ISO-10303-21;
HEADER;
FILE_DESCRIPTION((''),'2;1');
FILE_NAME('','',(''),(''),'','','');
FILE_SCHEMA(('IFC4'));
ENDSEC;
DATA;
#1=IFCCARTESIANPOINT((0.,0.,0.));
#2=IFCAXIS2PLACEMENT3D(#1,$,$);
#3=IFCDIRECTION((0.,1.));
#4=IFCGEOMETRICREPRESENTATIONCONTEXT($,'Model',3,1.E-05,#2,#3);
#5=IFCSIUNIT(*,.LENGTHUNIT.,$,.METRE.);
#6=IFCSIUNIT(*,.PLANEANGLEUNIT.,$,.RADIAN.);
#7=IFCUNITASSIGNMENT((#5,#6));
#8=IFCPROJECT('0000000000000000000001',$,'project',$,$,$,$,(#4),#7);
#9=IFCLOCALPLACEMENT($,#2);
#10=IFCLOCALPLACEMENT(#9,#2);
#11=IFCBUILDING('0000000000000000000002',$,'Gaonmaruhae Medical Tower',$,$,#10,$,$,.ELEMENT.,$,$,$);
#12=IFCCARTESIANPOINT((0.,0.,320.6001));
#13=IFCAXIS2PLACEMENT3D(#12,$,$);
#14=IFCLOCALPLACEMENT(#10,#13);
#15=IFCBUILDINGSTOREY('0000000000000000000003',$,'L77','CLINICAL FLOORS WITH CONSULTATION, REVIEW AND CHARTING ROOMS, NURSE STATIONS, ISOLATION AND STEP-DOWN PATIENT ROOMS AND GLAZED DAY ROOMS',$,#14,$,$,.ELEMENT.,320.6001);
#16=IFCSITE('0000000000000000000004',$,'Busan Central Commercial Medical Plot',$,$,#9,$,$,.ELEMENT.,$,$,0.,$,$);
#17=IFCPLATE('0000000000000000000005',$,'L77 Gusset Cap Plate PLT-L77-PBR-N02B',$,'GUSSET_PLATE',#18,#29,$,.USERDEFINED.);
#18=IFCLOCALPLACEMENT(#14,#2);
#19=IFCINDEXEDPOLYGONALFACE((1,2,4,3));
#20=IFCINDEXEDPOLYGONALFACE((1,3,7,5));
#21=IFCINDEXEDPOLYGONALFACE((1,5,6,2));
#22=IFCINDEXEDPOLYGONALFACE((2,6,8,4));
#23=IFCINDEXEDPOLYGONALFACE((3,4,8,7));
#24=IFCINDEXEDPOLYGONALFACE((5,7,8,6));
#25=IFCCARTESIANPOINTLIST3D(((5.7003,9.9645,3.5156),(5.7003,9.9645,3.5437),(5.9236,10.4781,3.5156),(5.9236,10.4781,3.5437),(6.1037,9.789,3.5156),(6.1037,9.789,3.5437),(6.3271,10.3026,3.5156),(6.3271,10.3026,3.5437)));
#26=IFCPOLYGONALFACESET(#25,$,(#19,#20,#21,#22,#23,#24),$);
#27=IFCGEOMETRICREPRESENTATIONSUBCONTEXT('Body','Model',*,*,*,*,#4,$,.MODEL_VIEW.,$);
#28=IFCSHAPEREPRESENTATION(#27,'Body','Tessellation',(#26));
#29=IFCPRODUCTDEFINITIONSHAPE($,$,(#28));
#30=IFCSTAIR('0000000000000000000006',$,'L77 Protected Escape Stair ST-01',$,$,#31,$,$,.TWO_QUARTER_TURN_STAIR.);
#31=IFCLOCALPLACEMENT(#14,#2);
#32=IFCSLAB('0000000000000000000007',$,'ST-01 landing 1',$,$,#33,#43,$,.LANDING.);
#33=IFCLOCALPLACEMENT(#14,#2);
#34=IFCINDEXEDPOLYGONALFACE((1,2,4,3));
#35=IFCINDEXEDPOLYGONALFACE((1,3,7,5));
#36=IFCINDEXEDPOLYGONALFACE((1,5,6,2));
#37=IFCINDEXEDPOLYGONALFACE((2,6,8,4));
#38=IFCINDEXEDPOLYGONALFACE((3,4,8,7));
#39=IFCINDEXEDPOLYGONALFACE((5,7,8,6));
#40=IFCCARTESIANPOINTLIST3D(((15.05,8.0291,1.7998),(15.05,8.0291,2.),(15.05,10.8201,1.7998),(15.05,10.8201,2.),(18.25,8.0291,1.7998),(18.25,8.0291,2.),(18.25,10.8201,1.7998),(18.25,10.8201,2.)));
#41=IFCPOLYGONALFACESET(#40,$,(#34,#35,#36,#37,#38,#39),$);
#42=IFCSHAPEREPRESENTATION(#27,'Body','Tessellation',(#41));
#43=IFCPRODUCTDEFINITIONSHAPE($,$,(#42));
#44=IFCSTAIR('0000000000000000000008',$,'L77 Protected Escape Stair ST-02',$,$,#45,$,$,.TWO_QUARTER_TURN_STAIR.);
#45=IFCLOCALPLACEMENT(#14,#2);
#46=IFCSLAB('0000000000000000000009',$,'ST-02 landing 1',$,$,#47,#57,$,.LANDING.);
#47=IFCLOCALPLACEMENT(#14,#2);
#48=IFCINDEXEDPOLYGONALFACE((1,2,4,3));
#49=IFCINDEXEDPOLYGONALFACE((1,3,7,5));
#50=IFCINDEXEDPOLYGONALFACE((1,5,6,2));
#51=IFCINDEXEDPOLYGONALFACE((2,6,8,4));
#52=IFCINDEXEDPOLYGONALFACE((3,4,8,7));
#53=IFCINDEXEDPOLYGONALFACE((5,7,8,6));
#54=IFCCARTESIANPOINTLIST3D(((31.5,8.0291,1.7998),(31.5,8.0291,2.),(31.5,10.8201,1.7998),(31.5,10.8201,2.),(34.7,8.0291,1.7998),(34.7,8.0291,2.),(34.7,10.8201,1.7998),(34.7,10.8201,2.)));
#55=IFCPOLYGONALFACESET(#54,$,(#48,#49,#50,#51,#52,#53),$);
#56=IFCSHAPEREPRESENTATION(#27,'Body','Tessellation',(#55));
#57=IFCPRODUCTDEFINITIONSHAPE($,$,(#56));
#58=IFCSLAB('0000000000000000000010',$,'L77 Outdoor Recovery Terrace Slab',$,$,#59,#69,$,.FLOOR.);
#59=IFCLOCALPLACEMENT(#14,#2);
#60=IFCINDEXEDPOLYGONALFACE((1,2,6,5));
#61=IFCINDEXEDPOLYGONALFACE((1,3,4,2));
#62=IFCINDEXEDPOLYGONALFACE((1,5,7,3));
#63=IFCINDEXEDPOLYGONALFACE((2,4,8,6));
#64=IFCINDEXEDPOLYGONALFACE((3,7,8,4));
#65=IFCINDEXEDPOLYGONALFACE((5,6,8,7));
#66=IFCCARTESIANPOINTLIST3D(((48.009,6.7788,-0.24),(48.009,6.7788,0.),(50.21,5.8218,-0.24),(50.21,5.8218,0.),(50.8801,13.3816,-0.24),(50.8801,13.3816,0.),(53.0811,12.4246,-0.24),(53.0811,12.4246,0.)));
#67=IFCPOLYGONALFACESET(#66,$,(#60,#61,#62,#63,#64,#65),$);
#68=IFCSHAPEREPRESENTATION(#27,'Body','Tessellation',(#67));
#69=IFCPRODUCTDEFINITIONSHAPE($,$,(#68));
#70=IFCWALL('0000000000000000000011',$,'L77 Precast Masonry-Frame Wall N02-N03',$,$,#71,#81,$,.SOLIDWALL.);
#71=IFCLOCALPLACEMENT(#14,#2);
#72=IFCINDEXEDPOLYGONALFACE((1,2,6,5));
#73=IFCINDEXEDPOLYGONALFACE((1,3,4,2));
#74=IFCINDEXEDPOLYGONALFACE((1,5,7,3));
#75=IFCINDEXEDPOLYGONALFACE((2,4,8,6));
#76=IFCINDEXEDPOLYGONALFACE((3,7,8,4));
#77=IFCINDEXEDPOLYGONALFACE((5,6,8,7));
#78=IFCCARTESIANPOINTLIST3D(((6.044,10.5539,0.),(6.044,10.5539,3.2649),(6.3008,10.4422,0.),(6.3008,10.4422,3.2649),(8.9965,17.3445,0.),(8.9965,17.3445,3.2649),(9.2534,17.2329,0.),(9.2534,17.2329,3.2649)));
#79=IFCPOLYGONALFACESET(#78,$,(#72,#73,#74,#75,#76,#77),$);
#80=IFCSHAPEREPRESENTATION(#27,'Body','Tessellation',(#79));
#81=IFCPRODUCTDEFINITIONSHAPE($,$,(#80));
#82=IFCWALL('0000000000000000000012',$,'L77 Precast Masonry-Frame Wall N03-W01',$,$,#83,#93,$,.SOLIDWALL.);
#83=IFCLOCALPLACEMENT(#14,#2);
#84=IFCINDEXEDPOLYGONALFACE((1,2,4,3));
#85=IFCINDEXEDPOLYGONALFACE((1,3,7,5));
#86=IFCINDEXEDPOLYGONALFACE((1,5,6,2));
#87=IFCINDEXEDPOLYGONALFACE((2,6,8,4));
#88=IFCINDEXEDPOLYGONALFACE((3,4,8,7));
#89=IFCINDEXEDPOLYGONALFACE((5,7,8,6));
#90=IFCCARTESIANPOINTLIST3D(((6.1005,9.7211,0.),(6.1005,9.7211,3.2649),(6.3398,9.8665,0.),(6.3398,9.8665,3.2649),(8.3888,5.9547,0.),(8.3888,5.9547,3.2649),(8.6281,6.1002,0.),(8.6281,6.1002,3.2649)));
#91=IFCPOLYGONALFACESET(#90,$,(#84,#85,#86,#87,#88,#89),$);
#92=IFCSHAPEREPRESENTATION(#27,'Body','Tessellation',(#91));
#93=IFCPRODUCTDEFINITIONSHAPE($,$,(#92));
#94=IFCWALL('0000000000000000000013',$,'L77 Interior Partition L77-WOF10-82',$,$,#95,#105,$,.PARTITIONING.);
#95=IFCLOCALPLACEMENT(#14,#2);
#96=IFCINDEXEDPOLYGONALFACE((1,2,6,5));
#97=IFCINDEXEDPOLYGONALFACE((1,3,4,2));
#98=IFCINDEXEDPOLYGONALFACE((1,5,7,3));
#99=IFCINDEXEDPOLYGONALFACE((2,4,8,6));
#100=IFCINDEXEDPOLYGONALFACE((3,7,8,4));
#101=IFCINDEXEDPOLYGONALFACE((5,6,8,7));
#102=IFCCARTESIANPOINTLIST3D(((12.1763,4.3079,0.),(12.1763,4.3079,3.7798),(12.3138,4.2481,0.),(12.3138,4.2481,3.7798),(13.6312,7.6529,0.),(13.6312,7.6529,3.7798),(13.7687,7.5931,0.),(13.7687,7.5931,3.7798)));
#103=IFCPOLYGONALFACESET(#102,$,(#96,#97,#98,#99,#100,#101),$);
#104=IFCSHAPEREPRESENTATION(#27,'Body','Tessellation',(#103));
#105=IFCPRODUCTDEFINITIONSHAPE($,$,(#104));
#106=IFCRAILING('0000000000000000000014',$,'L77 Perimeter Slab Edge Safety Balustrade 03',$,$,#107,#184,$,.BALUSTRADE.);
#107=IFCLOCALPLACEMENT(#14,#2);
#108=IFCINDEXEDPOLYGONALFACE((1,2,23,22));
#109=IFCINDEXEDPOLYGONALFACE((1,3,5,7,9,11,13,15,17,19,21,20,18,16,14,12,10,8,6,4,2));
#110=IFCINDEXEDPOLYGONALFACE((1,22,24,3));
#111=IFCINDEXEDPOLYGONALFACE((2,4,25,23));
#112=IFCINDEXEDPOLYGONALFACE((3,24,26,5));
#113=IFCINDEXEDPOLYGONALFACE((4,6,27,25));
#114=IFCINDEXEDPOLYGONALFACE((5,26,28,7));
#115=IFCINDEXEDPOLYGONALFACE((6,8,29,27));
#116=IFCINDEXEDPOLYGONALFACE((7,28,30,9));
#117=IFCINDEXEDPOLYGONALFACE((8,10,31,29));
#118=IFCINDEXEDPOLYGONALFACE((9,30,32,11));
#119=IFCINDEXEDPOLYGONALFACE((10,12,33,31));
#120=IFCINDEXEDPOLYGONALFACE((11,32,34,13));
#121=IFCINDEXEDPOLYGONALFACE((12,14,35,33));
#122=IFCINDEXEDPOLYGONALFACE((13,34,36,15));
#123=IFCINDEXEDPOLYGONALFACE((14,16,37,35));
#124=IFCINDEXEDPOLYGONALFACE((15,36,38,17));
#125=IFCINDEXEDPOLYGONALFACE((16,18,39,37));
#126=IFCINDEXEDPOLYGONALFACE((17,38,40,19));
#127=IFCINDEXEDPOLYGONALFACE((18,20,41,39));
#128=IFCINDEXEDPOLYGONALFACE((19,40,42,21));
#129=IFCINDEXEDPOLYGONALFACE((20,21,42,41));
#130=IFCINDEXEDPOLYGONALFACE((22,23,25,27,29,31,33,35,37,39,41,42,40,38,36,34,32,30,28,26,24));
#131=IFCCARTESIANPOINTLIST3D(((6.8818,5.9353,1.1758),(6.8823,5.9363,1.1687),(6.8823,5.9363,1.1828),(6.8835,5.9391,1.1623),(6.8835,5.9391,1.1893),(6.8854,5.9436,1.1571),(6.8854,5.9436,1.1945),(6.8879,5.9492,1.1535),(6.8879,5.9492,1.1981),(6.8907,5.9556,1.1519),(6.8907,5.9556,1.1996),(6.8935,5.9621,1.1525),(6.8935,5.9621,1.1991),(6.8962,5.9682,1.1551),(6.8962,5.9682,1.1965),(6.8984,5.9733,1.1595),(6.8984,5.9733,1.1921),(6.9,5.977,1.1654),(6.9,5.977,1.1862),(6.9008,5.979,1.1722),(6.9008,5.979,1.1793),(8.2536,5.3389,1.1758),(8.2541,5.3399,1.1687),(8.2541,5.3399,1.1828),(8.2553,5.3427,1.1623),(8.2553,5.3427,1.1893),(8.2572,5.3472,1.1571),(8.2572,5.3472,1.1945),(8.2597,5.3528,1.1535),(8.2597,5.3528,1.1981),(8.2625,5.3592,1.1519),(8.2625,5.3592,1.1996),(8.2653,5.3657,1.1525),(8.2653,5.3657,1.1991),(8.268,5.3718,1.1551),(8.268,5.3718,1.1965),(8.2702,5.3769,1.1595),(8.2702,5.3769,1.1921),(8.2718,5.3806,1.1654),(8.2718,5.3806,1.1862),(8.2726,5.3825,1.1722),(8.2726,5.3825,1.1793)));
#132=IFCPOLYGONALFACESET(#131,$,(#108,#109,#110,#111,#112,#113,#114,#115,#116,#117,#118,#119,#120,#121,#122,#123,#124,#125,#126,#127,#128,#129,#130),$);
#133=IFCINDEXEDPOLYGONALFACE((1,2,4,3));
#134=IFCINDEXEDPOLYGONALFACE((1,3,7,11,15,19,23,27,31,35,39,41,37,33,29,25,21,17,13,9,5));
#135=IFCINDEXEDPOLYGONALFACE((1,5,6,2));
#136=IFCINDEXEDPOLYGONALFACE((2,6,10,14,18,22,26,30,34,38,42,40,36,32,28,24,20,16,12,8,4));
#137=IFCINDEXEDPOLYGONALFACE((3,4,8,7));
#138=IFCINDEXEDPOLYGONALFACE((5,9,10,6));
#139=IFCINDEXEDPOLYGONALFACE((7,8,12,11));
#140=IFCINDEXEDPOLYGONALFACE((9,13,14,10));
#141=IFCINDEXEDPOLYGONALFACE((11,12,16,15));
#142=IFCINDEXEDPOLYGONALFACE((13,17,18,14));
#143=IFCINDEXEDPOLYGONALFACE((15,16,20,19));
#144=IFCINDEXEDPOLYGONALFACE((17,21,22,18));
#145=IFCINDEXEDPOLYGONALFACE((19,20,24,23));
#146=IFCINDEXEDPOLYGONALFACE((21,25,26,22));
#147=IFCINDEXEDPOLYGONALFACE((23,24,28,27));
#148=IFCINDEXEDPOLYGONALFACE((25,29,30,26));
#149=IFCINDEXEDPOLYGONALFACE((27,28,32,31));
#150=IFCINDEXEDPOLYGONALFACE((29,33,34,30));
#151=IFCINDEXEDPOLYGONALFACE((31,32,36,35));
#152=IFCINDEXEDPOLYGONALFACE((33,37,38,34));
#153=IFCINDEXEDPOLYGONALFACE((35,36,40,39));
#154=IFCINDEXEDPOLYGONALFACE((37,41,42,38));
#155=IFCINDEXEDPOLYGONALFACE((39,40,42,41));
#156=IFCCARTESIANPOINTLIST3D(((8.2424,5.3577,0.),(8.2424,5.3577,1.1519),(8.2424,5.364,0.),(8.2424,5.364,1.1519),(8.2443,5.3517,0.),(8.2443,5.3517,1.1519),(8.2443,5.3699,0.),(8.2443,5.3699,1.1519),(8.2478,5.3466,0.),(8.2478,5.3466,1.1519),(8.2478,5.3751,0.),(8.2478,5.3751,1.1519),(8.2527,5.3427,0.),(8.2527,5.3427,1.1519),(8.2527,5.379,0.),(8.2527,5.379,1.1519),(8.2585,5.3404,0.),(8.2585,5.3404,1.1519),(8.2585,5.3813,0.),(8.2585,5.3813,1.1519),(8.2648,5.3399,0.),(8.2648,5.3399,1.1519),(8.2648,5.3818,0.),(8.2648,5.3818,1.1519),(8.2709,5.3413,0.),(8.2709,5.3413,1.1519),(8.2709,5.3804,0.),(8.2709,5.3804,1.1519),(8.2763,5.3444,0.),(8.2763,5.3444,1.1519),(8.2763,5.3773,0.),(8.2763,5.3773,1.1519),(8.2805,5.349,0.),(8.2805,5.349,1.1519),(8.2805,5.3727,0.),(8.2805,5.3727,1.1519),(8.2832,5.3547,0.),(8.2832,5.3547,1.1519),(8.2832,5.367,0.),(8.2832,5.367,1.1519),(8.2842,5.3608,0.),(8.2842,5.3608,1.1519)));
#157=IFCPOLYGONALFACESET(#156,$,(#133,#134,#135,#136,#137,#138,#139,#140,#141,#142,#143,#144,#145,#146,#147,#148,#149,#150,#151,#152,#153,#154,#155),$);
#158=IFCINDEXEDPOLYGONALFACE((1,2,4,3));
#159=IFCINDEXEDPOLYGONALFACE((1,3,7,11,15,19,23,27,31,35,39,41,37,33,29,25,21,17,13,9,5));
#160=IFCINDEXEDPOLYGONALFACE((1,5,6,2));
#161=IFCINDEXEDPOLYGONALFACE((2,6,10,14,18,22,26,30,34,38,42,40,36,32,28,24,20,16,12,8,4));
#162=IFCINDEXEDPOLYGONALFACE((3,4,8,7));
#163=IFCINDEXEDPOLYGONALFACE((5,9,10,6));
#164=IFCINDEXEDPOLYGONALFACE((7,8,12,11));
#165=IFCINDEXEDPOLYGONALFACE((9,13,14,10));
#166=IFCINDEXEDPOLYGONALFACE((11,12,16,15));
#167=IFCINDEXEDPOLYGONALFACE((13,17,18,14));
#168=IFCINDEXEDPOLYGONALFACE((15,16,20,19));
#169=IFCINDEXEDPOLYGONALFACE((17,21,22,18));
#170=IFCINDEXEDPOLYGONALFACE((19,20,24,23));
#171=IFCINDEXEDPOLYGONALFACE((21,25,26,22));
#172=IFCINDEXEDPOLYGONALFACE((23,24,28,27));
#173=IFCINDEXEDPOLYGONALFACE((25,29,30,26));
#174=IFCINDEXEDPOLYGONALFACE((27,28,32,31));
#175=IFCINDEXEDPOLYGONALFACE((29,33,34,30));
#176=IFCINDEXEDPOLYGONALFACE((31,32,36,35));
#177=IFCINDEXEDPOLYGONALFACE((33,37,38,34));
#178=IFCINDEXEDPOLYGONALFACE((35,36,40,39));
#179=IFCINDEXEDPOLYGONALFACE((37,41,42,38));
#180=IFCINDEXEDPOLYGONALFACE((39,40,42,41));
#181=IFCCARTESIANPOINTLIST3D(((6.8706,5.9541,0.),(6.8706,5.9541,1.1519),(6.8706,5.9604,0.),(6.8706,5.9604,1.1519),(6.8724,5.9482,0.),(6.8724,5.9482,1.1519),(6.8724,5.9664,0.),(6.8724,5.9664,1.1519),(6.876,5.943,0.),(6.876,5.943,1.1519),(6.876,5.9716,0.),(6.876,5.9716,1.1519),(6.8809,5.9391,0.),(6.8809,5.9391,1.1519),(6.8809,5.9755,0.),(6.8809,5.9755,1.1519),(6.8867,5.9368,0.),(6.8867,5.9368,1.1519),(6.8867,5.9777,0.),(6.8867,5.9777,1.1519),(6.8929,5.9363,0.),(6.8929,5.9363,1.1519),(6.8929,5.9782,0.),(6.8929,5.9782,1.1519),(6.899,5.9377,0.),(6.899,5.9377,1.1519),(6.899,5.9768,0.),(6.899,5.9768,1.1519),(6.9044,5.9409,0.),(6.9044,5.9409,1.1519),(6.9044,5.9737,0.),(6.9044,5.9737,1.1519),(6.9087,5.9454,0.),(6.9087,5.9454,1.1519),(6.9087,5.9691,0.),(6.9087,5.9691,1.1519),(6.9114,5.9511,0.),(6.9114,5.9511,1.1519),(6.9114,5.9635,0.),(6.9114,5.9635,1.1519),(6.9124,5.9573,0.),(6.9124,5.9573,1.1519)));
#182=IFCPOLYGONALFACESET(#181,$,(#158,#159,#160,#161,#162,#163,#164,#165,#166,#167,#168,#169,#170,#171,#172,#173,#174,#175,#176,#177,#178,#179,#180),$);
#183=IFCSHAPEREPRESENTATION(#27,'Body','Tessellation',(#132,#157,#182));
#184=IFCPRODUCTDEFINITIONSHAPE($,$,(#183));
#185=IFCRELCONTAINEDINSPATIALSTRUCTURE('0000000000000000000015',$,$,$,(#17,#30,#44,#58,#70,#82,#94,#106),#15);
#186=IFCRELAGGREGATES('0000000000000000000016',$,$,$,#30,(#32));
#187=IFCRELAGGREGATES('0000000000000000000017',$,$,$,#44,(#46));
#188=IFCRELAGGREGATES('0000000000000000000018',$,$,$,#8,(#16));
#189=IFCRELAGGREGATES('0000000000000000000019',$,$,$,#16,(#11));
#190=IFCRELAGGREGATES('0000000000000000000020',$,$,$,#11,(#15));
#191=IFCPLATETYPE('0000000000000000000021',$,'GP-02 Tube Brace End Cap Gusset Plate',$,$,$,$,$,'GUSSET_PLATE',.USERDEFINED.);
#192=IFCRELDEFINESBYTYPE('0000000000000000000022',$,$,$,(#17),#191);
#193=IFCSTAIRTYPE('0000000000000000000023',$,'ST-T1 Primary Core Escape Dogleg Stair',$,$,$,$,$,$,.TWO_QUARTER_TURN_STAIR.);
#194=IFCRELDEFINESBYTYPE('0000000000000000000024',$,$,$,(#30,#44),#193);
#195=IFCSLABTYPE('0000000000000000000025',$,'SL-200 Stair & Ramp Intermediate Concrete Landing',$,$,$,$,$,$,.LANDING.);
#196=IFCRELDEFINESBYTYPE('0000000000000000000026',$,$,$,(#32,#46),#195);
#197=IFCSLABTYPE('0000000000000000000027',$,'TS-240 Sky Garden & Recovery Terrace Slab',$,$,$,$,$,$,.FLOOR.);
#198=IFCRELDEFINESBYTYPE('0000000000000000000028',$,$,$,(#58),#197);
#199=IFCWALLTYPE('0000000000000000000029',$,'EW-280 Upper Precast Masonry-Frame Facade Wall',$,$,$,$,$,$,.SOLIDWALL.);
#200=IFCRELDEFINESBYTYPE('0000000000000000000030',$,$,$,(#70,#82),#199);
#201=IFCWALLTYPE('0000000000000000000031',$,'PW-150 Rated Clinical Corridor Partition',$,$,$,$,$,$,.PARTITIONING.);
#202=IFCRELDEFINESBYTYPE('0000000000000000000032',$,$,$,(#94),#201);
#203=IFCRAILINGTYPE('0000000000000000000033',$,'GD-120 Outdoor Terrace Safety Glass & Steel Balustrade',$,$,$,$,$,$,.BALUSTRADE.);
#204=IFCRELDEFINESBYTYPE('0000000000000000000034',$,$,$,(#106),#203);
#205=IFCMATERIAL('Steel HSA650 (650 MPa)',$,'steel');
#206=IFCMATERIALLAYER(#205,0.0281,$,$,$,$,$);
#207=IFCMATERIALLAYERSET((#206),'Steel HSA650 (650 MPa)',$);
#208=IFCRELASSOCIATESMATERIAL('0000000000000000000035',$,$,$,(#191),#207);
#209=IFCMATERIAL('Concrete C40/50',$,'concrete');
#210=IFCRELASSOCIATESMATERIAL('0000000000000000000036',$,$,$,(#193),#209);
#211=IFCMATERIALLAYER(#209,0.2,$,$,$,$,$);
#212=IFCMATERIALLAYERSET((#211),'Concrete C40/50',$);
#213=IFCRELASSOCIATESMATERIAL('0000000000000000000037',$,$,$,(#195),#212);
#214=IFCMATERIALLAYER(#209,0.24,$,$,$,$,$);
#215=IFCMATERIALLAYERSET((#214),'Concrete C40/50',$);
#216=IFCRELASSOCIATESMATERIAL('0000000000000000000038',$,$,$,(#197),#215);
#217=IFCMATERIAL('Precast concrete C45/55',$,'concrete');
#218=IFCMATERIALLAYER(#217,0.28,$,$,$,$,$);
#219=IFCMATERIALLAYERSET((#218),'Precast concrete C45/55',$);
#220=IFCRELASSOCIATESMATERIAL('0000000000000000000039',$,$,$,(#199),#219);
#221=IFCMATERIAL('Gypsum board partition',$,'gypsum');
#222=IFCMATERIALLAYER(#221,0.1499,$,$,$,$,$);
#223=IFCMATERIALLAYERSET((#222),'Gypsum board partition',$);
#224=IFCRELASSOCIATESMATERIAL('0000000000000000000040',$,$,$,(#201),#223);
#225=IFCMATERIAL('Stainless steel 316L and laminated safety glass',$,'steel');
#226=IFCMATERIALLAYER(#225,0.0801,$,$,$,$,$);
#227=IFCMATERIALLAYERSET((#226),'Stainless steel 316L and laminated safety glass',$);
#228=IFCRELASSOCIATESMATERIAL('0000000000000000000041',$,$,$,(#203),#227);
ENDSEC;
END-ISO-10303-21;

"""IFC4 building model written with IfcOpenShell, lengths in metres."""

from ifc_helpers import new_model, si_unit, direction, frame, frame_2d, origin, origin_2d, place, context, subcontext, project, spatial, polyline, rectangle, circle, outline, extrude, material, layer, layer_set, type_object, element, aggregate, save


model = new_model("IFC4")

# Units and contexts
model_context = context("Model", 3, precision=1e-05, world=origin(), true_north=direction((0.0, 1.0)))
body_context = subcontext(model_context, "Body", "Model", "MODEL_VIEW")
ifc_project = project(units=[si_unit("LENGTHUNIT", "METRE"), si_unit("PLANEANGLEUNIT", "RADIAN")], contexts=[model_context])

# Site, building, storey
site_placement = place(None, origin())
site = spatial("IfcSite", under=ifc_project, at=site_placement, Name="Busan Central Commercial Medical Plot", CompositionType="ELEMENT", RefElevation=0.0)
building_placement = place(site_placement, origin())
building = spatial("IfcBuilding", under=site, at=building_placement, Name="Gaonmaruhae Medical Tower", CompositionType="ELEMENT")
storey_placement = place(building_placement, frame((0.0, 0.0, 320.6001)))
storey = spatial("IfcBuildingStorey", under=building, at=storey_placement, Name="L77", Description="CLINICAL FLOORS WITH CONSULTATION, REVIEW AND CHARTING ROOMS, NURSE STATIONS, ISOLATION AND STEP-DOWN PATIENT ROOMS AND GLAZED DAY ROOMS", CompositionType="ELEMENT", Elevation=320.6001)

# Shared definitions
ifc_material_1 = material(Name="Concrete C40/50", Category="concrete")

# Plate
ifc_material_2 = material(Name="Steel HSA650 (650 MPa)", Category="steel")
ifc_layer_1 = layer(ifc_material_2, 0.0281)
ifc_layer_set_1 = layer_set([ifc_layer_1], Name="Steel HSA650 (650 MPa)")
plate_type = type_object("IfcPlateType", Name="GP-02 Tube Brace End Cap Gusset Plate", ElementType="GUSSET_PLATE", PredefinedType="USERDEFINED", material=ifc_layer_set_1)
plate_placement = place(storey_placement, frame((6.0137, 10.1335, 3.5156), z_axis=(0.0, 0.0, 1.0), x_axis=(0.398749, 0.91706, 0.0)))
element("IfcPlate", 1, at=plate_placement, inside=storey, type_object=plate_type, Name="L77 Gusset Cap Plate PLT-L77-PBR-N02B", ObjectType="GUSSET_PLATE", PredefinedType="USERDEFINED", context=body_context, shape_type="SweptSolid", body=[
    extrude(rectangle(XDim=0.5601, YDim=0.4399, at=origin_2d()), origin(), (0.0, 0.0, 1.0), 0.0281),
])

# Stairs, slabs
stair_type = type_object("IfcStairType", Name="ST-T1 Primary Core Escape Dogleg Stair", PredefinedType="TWO_QUARTER_TURN_STAIR", material=ifc_material_1)
stair_1_placement = place(storey_placement, origin())
stair_1 = element("IfcStair", 2, at=stair_1_placement, inside=storey, type_object=stair_type, Name="L77 Protected Escape Stair ST-01", PredefinedType="TWO_QUARTER_TURN_STAIR")
ifc_layer_2 = layer(ifc_material_1, 0.2)
ifc_layer_set_2 = layer_set([ifc_layer_2], Name="Concrete C40/50")
slab_type_1 = type_object("IfcSlabType", Name="SL-200 Stair & Ramp Intermediate Concrete Landing", PredefinedType="LANDING", material=ifc_layer_set_2)
slab_1_placement = place(storey_placement, frame((0.0, 0.0, 1.7998)))
slab_1 = element("IfcSlab", 3, at=slab_1_placement, type_object=slab_type_1, Name="ST-01 landing 1", PredefinedType="LANDING", context=body_context, shape_type="SweptSolid", body=[
    extrude(outline(polyline([(15.05, 10.8201), (15.05, 8.0291), (18.25, 8.0291), (18.25, 10.8201), (15.05, 10.8201)])), origin(), (0.0, 0.0, 1.0), 0.2002),
])
aggregate(stair_1, [slab_1])
stair_2_placement = place(storey_placement, origin())
stair_2 = element("IfcStair", 4, at=stair_2_placement, inside=storey, type_object=stair_type, Name="L77 Protected Escape Stair ST-02", PredefinedType="TWO_QUARTER_TURN_STAIR")
slab_2_placement = place(storey_placement, frame((0.0, 0.0, 1.7998)))
slab_2 = element("IfcSlab", 5, at=slab_2_placement, type_object=slab_type_1, Name="ST-02 landing 1", PredefinedType="LANDING", context=body_context, shape_type="SweptSolid", body=[
    extrude(outline(polyline([(31.5, 10.8201), (31.5, 8.0291), (34.7, 8.0291), (34.7, 10.8201), (31.5, 10.8201)])), origin(), (0.0, 0.0, 1.0), 0.2002),
])
aggregate(stair_2, [slab_2])

# Slab
ifc_layer_3 = layer(ifc_material_1, 0.24)
ifc_layer_set_3 = layer_set([ifc_layer_3], Name="Concrete C40/50")
slab_type_2 = type_object("IfcSlabType", Name="TS-240 Sky Garden & Recovery Terrace Slab", PredefinedType="FLOOR", material=ifc_layer_set_3)
slab_3_placement = place(storey_placement, frame((0.0, 0.0, -0.24)))
element("IfcSlab", 6, at=slab_3_placement, inside=storey, type_object=slab_type_2, Name="L77 Outdoor Recovery Terrace Slab", PredefinedType="FLOOR", context=body_context, shape_type="SweptSolid", body=[
    extrude(outline(polyline([(50.21, 5.8218), (53.0811, 12.4246), (50.8801, 13.3816), (48.009, 6.7788), (50.21, 5.8218)])), origin(), (0.0, 0.0, 1.0), 0.24),
])

# Walls
ifc_material_3 = material(Name="Precast concrete C45/55", Category="concrete")
ifc_layer_4 = layer(ifc_material_3, 0.28)
ifc_layer_set_4 = layer_set([ifc_layer_4], Name="Precast concrete C45/55")
wall_type_1 = type_object("IfcWallType", Name="EW-280 Upper Precast Masonry-Frame Facade Wall", PredefinedType="SOLIDWALL", material=ifc_layer_set_4)
wall_1_placement = place(storey_placement, frame((6.1724, 10.498, 0.0), z_axis=(0.0, 0.0, 1.0), x_axis=(0.398741, 0.917064, 0.0)))
element("IfcWall", 7, at=wall_1_placement, inside=storey, type_object=wall_type_1, Name="L77 Precast Masonry-Frame Wall N02-N03", PredefinedType="SOLIDWALL", context=body_context, shape_type="SweptSolid", body=[
    extrude(rectangle(XDim=7.4048, YDim=0.28, at=frame_2d((3.7024, 0.0))), origin(), (0.0, 0.0, 1.0), 3.2649),
])
wall_2_placement = place(storey_placement, frame((8.5085, 6.0273, 0.0), z_axis=(0.0, 0.0, 1.0), x_axis=(-0.519246, 0.854625, 0.0)))
element("IfcWall", 8, at=wall_2_placement, inside=storey, type_object=wall_type_1, Name="L77 Precast Masonry-Frame Wall N03-W01", PredefinedType="SOLIDWALL", context=body_context, shape_type="SweptSolid", body=[
    extrude(rectangle(XDim=4.407, YDim=0.28, at=frame_2d((2.2036, 0.0))), origin(), (0.0, 0.0, 1.0), 3.2649),
])
ifc_material_4 = material(Name="Gypsum board partition", Category="gypsum")
ifc_layer_5 = layer(ifc_material_4, 0.1499)
ifc_layer_set_5 = layer_set([ifc_layer_5], Name="Gypsum board partition")
wall_type_2 = type_object("IfcWallType", Name="PW-150 Rated Clinical Corridor Partition", PredefinedType="PARTITIONING", material=ifc_layer_set_5)
wall_3_placement = place(storey_placement, frame((12.2451, 4.2781, 0.0), z_axis=(0.0, 0.0, 1.0), x_axis=(0.398841, 0.91702, 0.0)))
element("IfcWall", 9, at=wall_3_placement, inside=storey, type_object=wall_type_2, Name="L77 Interior Partition L77-WOF10-82", PredefinedType="PARTITIONING", context=body_context, shape_type="SweptSolid", body=[
    extrude(rectangle(XDim=3.6477, YDim=0.1499, at=frame_2d((1.8237, 0.0))), origin(), (0.0, 0.0, 1.0), 3.7798),
])

# Railing
ifc_material_5 = material(Name="Stainless steel 316L and laminated safety glass", Category="steel")
ifc_layer_6 = layer(ifc_material_5, 0.0801)
ifc_layer_set_6 = layer_set([ifc_layer_6], Name="Stainless steel 316L and laminated safety glass")
railing_type = type_object("IfcRailingType", Name="GD-120 Outdoor Terrace Safety Glass & Steel Balustrade", PredefinedType="BALUSTRADE", material=ifc_layer_set_6)
railing_1_placement = place(storey_placement, frame((8.2632, 5.3608, 0.0)))
element("IfcRailing", 10, at=railing_1_placement, inside=storey, type_object=railing_type, Name="L77 Perimeter Slab Edge Safety Balustrade 03", PredefinedType="BALUSTRADE", context=body_context, shape_type="SweptSolid", body=[
    extrude(circle(Radius=0.0239, at=origin_2d()), frame((0.0, 0.0, 1.1758), z_axis=(-0.917073, 0.39872, 0.0), x_axis=(-0.39872, -0.917073, 0.0)), (0.0, 0.0, 1.0), 1.4958),
    extrude(circle(Radius=0.021, at=origin_2d()), origin(), (0.0, 0.0, 1.0), 1.1519),
    extrude(circle(Radius=0.021, at=origin_2d()), frame((-1.3718, 0.5964, 0.0)), (0.0, 0.0, 1.0), 1.1519),
])

save(model, "model.ifc")
